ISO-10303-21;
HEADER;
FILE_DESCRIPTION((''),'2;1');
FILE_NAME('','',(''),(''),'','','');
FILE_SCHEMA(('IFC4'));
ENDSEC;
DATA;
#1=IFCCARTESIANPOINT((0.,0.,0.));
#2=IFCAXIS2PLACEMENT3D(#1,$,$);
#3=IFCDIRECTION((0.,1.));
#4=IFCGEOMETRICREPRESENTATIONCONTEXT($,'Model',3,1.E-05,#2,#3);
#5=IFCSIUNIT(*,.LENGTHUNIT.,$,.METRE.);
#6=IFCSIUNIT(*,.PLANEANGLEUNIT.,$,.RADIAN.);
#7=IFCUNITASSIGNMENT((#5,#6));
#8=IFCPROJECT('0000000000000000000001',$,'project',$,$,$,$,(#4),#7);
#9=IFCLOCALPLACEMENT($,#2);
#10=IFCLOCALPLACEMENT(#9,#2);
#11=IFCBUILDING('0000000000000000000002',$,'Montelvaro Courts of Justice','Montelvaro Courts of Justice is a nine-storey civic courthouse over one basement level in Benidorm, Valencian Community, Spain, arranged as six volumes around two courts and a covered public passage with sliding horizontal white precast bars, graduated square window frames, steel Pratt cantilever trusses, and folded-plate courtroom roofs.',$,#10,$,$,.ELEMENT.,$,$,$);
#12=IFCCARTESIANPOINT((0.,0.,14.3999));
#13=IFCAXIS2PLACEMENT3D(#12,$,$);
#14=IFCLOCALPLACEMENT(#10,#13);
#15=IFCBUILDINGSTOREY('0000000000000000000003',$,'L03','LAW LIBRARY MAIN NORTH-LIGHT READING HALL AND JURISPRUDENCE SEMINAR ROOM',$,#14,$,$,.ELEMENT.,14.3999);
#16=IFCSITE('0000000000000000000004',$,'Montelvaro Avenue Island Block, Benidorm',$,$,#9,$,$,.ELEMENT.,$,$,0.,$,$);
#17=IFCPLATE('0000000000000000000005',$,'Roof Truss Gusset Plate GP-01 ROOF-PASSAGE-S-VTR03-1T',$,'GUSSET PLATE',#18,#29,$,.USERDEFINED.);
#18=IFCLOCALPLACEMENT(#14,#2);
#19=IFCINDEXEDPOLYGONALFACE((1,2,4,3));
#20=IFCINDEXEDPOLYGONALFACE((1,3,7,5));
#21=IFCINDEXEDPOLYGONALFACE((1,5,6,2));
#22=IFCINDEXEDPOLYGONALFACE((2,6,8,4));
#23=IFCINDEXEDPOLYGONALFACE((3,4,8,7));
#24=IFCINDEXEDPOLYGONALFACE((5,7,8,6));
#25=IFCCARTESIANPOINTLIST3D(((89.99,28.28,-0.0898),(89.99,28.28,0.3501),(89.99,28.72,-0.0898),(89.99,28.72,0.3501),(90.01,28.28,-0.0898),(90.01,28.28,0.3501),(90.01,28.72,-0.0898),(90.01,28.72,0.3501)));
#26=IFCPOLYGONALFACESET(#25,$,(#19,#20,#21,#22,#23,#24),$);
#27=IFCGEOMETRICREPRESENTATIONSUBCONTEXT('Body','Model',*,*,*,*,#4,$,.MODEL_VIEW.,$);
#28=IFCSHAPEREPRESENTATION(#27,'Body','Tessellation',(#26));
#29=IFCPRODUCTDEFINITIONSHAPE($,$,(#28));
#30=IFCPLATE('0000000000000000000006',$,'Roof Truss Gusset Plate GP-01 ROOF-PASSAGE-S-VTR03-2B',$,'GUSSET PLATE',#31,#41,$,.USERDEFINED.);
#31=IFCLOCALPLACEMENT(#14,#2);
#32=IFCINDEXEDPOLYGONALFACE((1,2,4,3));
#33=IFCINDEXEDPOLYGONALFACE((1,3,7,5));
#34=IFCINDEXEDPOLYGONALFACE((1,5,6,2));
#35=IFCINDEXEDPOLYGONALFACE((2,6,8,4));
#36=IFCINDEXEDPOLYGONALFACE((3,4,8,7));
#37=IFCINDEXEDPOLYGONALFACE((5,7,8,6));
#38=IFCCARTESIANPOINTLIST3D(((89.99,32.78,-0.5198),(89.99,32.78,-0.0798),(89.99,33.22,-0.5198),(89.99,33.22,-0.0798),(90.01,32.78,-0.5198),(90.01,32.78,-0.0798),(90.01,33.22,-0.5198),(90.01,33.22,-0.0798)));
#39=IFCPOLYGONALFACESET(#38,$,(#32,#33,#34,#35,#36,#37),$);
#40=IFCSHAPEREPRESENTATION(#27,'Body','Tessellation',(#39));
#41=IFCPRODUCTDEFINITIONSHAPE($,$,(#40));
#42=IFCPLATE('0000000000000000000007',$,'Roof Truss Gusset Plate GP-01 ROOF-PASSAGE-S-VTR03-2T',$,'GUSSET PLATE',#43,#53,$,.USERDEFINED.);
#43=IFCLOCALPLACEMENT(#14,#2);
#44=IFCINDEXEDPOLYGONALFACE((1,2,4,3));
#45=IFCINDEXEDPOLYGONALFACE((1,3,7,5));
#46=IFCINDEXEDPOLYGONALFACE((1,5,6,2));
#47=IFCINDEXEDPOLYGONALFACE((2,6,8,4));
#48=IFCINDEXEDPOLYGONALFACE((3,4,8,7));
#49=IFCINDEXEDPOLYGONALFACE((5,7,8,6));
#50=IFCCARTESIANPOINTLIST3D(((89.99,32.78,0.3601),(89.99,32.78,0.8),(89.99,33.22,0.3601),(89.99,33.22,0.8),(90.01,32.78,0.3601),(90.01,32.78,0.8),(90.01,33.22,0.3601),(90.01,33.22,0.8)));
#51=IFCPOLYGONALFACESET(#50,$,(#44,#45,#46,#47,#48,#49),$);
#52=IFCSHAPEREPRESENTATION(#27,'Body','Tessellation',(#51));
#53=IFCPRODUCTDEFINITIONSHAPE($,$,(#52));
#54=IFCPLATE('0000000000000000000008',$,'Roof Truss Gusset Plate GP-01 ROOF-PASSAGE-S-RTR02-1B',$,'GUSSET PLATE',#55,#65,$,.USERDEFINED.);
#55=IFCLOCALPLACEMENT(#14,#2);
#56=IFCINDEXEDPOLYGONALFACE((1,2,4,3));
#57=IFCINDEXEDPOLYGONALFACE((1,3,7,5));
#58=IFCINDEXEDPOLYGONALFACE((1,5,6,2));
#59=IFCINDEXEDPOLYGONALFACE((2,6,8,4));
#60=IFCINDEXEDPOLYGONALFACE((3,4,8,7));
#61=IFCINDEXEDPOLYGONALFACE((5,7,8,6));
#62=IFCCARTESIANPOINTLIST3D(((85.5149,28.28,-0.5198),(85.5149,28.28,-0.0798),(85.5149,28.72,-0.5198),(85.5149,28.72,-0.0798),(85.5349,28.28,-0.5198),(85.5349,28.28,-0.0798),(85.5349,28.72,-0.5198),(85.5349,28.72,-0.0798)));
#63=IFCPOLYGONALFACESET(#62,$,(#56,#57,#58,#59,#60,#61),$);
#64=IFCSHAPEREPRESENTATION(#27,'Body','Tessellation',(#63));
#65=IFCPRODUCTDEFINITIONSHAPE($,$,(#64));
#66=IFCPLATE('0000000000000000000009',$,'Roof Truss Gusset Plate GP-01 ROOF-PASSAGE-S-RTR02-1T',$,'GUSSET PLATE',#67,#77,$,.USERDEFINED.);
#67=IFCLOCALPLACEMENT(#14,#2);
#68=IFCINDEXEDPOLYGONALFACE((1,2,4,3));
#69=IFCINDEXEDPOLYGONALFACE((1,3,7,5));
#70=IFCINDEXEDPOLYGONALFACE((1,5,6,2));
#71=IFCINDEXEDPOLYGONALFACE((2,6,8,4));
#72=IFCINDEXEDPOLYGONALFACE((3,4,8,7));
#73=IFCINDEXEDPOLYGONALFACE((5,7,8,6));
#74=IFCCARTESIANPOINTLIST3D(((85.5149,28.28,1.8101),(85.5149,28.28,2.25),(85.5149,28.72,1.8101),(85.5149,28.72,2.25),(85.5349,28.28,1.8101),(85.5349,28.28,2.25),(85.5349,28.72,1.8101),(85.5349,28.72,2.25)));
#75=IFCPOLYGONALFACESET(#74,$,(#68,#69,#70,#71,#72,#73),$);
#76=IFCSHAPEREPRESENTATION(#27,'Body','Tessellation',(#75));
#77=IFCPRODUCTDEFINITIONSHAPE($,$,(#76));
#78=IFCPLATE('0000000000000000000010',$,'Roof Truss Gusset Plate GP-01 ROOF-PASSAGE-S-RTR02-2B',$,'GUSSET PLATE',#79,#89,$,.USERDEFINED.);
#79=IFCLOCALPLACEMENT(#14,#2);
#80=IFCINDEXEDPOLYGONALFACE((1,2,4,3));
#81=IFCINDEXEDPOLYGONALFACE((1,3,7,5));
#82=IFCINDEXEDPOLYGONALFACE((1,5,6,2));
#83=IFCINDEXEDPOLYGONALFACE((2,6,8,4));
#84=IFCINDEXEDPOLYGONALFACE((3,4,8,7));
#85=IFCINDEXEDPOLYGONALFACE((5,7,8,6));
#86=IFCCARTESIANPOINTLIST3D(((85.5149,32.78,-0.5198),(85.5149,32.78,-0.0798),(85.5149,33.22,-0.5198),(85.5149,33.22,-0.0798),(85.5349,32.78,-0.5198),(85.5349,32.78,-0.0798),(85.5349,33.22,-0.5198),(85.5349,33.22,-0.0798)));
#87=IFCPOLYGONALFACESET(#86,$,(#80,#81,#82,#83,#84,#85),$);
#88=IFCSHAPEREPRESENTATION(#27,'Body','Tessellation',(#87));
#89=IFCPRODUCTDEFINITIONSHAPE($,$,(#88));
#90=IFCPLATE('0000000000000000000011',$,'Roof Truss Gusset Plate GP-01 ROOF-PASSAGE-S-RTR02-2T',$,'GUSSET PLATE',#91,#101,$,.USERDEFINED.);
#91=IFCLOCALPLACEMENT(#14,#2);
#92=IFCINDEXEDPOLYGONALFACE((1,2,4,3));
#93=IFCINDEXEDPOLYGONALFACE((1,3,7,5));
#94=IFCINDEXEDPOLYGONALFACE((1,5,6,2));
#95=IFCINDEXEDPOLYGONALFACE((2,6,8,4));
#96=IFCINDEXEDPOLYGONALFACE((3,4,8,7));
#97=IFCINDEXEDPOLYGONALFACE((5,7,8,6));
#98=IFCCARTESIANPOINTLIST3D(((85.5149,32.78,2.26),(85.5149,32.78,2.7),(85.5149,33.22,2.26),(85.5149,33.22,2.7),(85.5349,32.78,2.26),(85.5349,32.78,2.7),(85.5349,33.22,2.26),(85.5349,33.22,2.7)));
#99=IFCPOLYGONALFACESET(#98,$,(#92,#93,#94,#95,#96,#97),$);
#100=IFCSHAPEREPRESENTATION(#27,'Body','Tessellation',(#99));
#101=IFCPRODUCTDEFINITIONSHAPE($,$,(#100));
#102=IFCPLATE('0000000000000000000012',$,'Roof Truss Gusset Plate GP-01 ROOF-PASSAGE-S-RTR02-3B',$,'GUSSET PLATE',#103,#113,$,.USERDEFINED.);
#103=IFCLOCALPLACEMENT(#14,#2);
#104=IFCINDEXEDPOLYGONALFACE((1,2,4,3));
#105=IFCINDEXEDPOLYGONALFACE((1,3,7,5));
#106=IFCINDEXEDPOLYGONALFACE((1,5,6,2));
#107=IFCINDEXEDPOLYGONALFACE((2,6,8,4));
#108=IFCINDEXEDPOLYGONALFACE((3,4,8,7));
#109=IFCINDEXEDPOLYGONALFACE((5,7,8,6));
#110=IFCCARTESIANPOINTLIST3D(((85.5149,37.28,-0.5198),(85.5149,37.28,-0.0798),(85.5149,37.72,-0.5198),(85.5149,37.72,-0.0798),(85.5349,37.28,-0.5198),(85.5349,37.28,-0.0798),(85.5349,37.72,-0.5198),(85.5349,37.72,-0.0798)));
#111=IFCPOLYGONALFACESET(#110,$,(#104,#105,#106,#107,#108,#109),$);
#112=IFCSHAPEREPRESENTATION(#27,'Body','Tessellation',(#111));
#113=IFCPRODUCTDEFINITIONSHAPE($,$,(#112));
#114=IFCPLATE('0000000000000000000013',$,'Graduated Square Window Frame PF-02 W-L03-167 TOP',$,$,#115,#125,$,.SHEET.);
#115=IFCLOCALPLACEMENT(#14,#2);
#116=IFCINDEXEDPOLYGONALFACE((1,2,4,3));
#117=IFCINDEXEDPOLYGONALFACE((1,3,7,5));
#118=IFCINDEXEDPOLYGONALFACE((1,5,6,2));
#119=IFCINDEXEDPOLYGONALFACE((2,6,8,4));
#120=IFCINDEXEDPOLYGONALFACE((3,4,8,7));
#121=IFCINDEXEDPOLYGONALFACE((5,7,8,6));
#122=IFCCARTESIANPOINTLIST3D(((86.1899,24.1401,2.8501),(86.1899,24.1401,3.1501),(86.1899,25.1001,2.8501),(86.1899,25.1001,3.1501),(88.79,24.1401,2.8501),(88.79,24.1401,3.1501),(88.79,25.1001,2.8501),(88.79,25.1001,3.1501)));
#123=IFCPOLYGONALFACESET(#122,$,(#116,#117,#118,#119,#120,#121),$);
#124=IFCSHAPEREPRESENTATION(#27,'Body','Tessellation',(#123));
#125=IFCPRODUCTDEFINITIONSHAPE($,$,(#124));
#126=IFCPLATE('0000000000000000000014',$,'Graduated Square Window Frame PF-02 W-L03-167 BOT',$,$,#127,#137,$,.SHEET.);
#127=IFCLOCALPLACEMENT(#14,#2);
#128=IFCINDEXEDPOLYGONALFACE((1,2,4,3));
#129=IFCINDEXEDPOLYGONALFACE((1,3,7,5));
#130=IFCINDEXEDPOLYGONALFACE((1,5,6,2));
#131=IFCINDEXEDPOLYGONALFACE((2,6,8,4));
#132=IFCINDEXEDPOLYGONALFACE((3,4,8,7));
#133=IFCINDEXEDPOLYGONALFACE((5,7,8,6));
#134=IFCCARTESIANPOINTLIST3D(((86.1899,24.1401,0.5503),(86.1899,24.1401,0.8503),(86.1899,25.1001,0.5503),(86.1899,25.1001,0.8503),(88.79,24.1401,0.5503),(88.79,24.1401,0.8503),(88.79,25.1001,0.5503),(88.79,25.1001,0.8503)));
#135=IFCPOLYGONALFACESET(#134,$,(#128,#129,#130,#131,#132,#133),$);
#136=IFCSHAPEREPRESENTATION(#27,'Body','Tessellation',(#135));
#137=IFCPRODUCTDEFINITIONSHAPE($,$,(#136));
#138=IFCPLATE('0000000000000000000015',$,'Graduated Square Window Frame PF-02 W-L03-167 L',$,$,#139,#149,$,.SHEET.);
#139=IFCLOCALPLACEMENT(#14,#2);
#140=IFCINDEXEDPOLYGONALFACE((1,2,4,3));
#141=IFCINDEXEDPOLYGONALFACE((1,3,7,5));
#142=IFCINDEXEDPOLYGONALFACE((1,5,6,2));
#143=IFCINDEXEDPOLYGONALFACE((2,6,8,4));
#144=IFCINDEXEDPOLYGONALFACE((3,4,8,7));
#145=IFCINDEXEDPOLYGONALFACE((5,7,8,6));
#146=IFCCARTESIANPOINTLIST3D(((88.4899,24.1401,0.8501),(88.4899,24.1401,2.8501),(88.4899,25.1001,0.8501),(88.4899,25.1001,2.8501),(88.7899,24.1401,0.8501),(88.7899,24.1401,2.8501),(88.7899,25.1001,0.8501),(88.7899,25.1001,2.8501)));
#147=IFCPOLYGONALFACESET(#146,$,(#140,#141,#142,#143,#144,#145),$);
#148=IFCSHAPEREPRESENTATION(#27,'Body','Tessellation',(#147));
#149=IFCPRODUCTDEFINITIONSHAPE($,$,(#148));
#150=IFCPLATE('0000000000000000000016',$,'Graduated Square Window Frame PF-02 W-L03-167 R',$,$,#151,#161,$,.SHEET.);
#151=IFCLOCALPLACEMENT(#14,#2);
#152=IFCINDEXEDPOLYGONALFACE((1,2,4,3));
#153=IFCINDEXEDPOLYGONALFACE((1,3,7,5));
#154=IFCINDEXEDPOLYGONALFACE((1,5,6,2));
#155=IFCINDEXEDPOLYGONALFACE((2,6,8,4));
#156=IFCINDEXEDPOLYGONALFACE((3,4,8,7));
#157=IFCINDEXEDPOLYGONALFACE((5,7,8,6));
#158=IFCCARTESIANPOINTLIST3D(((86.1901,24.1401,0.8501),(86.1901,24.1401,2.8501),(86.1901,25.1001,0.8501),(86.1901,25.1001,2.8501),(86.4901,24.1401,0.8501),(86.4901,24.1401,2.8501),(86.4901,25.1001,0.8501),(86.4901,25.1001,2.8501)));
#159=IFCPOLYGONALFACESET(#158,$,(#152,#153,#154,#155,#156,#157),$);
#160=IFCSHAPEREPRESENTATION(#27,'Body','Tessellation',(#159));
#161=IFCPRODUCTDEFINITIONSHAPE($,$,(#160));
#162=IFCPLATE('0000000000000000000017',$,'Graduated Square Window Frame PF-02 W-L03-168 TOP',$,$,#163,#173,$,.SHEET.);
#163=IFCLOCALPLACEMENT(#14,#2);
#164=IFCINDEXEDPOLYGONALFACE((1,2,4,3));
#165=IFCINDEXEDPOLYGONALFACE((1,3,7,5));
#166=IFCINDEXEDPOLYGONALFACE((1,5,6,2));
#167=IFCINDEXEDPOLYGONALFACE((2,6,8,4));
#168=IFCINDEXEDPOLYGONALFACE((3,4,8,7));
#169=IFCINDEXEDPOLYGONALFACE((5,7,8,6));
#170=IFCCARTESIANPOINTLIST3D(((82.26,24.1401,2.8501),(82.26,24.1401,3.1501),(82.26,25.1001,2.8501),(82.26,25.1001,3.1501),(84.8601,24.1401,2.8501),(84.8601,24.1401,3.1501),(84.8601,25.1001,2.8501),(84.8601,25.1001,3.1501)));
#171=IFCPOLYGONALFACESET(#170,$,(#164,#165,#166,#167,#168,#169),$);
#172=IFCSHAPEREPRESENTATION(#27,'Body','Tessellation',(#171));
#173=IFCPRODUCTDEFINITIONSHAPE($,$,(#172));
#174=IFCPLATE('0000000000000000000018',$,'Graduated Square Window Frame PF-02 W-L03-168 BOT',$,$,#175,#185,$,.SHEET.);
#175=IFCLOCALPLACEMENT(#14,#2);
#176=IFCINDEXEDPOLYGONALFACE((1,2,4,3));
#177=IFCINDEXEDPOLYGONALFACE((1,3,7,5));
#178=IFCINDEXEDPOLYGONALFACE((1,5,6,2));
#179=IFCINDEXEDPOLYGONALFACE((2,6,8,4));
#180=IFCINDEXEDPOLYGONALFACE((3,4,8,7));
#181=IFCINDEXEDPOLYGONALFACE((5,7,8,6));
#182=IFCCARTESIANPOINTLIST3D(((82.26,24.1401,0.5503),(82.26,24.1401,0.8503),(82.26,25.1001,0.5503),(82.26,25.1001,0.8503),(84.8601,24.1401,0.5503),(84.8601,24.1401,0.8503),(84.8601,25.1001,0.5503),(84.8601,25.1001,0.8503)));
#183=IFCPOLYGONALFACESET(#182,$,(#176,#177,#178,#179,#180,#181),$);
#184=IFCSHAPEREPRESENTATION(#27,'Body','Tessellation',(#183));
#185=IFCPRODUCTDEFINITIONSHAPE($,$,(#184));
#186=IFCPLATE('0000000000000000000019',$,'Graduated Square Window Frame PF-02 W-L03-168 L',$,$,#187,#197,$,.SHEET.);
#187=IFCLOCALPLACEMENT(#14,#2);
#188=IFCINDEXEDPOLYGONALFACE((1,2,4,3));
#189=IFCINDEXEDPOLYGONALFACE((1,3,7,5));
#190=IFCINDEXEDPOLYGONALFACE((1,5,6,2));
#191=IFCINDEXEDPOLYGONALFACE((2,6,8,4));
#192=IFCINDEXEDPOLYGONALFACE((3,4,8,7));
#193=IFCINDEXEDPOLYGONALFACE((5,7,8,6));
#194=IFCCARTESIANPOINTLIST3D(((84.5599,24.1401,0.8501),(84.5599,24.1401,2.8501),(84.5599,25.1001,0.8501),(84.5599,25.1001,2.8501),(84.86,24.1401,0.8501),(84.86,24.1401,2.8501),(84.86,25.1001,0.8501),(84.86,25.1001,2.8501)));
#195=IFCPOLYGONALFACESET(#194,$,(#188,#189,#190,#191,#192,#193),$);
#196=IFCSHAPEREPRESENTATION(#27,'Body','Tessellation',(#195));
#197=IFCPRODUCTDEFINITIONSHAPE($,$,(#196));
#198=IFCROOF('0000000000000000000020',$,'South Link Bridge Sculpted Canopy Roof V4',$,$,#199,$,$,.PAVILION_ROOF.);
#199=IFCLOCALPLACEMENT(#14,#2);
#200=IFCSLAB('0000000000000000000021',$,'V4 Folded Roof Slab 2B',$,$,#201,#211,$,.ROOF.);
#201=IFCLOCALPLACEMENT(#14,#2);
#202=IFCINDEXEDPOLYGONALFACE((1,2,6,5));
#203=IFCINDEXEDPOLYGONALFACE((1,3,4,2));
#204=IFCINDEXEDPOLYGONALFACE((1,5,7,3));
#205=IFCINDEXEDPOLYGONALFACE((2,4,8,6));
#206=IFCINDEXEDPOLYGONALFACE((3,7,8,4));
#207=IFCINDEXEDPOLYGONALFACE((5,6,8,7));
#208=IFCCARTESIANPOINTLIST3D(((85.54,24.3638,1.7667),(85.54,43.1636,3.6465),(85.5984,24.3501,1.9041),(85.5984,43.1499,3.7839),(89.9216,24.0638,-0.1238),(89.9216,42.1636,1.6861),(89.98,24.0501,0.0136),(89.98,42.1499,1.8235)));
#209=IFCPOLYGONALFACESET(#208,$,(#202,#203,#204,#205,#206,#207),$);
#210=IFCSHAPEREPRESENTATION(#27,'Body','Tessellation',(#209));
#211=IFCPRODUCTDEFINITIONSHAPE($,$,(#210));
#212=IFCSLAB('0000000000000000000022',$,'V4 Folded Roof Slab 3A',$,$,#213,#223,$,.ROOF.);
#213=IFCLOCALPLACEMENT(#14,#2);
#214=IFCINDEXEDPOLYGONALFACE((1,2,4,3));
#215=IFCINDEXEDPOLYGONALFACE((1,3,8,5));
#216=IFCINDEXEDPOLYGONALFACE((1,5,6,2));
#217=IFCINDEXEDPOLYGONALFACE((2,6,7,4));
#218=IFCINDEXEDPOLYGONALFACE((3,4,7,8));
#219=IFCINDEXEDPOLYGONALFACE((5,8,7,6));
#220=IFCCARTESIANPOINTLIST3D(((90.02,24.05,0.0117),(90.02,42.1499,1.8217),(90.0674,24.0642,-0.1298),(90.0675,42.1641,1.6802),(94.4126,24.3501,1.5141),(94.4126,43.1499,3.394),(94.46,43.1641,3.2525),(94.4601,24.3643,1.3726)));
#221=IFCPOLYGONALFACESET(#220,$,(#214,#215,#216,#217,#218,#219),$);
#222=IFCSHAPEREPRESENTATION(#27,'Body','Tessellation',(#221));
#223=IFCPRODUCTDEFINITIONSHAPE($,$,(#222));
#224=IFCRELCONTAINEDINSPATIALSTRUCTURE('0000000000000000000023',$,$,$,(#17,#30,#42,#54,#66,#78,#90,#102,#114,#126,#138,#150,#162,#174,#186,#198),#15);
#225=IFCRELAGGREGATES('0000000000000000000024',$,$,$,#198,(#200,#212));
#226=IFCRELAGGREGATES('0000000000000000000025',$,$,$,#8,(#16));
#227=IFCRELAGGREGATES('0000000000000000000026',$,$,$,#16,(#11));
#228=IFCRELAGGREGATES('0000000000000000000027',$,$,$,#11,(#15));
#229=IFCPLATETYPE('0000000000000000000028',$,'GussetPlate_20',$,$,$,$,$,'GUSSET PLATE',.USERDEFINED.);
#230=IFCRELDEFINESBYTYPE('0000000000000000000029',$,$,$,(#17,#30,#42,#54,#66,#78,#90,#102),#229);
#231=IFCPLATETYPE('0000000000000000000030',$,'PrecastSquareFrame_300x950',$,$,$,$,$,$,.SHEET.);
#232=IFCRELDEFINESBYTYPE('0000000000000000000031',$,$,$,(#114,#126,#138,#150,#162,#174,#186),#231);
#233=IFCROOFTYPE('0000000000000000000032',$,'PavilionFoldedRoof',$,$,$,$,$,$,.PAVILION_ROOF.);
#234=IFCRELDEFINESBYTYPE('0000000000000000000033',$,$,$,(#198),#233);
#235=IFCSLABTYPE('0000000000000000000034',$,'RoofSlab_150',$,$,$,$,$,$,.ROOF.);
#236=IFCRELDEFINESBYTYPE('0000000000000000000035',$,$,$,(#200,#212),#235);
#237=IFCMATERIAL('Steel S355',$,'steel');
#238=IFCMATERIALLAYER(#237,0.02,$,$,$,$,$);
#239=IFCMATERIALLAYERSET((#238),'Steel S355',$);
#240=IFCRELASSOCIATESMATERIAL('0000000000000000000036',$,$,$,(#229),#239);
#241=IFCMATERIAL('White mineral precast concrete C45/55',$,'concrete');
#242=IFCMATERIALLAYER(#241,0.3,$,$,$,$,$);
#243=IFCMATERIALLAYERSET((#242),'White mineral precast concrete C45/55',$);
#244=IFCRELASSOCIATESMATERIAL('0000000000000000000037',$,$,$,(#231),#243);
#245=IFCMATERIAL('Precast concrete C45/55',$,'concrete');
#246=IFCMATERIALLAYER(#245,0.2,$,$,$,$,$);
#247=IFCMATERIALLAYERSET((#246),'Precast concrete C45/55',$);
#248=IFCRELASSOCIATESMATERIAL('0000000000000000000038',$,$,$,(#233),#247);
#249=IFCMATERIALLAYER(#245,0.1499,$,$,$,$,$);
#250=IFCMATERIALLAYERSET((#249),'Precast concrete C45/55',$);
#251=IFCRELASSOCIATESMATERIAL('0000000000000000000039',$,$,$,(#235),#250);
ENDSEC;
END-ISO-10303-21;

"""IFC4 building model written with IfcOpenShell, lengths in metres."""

from ifc_helpers import new_model, si_unit, direction, frame, origin, origin_2d, place, context, subcontext, project, spatial, polyline, rectangle, outline, extrude, material, layer, layer_set, type_object, element, aggregate, save


model = new_model("IFC4")

# Units and contexts
model_context = context("Model", 3, precision=1e-05, world=origin(), true_north=direction((0.0, 1.0)))
body_context = subcontext(model_context, "Body", "Model", "MODEL_VIEW")
ifc_project = project(units=[si_unit("LENGTHUNIT", "METRE"), si_unit("PLANEANGLEUNIT", "RADIAN")], contexts=[model_context])

# Site, building, storey
site_placement = place(None, origin())
site = spatial("IfcSite", under=ifc_project, at=site_placement, Name="Montelvaro Avenue Island Block, Benidorm", CompositionType="ELEMENT", RefElevation=0.0)
building_placement = place(site_placement, origin())
building = spatial("IfcBuilding", under=site, at=building_placement, Name="Montelvaro Courts of Justice", Description="Montelvaro Courts of Justice is a nine-storey civic courthouse over one basement level in Benidorm, Valencian Community, Spain, arranged as six volumes around two courts and a covered public passage with sliding horizontal white precast bars, graduated square window frames, steel Pratt cantilever trusses, and folded-plate courtroom roofs.", CompositionType="ELEMENT")
storey_placement = place(building_placement, frame((0.0, 0.0, 14.3999)))
storey = spatial("IfcBuildingStorey", under=building, at=storey_placement, Name="L03", Description="LAW LIBRARY MAIN NORTH-LIGHT READING HALL AND JURISPRUDENCE SEMINAR ROOM", CompositionType="ELEMENT", Elevation=14.3999)

# Shared definitions
ifc_material_1 = material(Name="Steel S355", Category="steel")

# Plates
ifc_layer_1 = layer(ifc_material_1, 0.02)
ifc_layer_set_1 = layer_set([ifc_layer_1], Name="Steel S355")
plate_type_1 = type_object("IfcPlateType", Name="GussetPlate_20", ElementType="GUSSET PLATE", PredefinedType="USERDEFINED", material=ifc_layer_set_1)
for number, where, z_axis, x_axis, name in (
    (1, (90.0, 28.5, -0.0898), (0.0, 0.0, 1.0), (1.0, 0.0, 0.0), "Roof Truss Gusset Plate GP-01 ROOF-PASSAGE-S-VTR03-1T"),
    (2, (90.0, 33.0, -0.5198), (0.0, 0.0, 1.0), (1.0, 0.0, 0.0), "Roof Truss Gusset Plate GP-01 ROOF-PASSAGE-S-VTR03-2B"),
    (3, (90.0, 33.0, 0.3601), (0.0, 0.0, 1.0), (1.0, 0.0, 0.0), "Roof Truss Gusset Plate GP-01 ROOF-PASSAGE-S-VTR03-2T"),
    (4, (85.5249, 28.5, -0.5198), (0.0, 0.0, 1.0), (1.0, 0.0, 0.0), "Roof Truss Gusset Plate GP-01 ROOF-PASSAGE-S-RTR02-1B"),
    (5, (85.5249, 28.5, 1.8101), (0.0, 0.0, 1.0), (1.0, 0.0, 0.0), "Roof Truss Gusset Plate GP-01 ROOF-PASSAGE-S-RTR02-1T"),
    (6, (85.5249, 33.0, -0.5198), (0.0, 0.0, 1.0), (1.0, 0.0, 0.0), "Roof Truss Gusset Plate GP-01 ROOF-PASSAGE-S-RTR02-2B"),
    (7, (85.5249, 33.0, 2.26), (0.0, 0.0, 1.0), (1.0, 0.0, 0.0), "Roof Truss Gusset Plate GP-01 ROOF-PASSAGE-S-RTR02-2T"),
    (8, (85.5249, 37.5, -0.5198), (0.0, 0.0, 1.0), (1.0, 0.0, 0.0), "Roof Truss Gusset Plate GP-01 ROOF-PASSAGE-S-RTR02-3B"),
):
    element("IfcPlate", number, at=place(storey_placement, frame(where, z_axis=z_axis, x_axis=x_axis)), inside=storey, type_object=plate_type_1, Name=name, ObjectType="GUSSET PLATE", PredefinedType="USERDEFINED", context=body_context, shape_type="SweptSolid", body=[
        extrude(rectangle(XDim=0.02, YDim=0.4399, at=origin_2d()), origin(), (0.0, 0.0, 1.0), 0.4399),
    ])
ifc_material_2 = material(Name="White mineral precast concrete C45/55", Category="concrete")
ifc_layer_2 = layer(ifc_material_2, 0.3)
ifc_layer_set_2 = layer_set([ifc_layer_2], Name="White mineral precast concrete C45/55")
plate_type_2 = type_object("IfcPlateType", Name="PrecastSquareFrame_300x950", PredefinedType="SHEET", material=ifc_layer_set_2)
for number, where, z_axis, x_axis, name in (
    (9, (87.49, 24.6201, 2.8501), (0.0, 0.0, 1.0), (-1.0, 0.0, 0.0), "Graduated Square Window Frame PF-02 W-L03-167 TOP"),
    (10, (87.49, 24.6201, 0.5503), (0.0, 0.0, 1.0), (-1.0, 0.0, 0.0), "Graduated Square Window Frame PF-02 W-L03-167 BOT"),
):
    element("IfcPlate", number, at=place(storey_placement, frame(where, z_axis=z_axis, x_axis=x_axis)), inside=storey, type_object=plate_type_2, Name=name, PredefinedType="SHEET", context=body_context, shape_type="SweptSolid", body=[
        extrude(rectangle(XDim=2.6001, YDim=0.96, at=origin_2d()), origin(), (0.0, 0.0, 1.0), 0.3),
    ])
for number, where, z_axis, x_axis, name in (
    (11, (88.6399, 24.6201, 0.8501), (0.0, 0.0, 1.0), (-1.0, 0.0, 0.0), "Graduated Square Window Frame PF-02 W-L03-167 L"),
    (12, (86.3401, 24.6201, 0.8501), (0.0, 0.0, 1.0), (-1.0, 0.0, 0.0), "Graduated Square Window Frame PF-02 W-L03-167 R"),
):
    element("IfcPlate", number, at=place(storey_placement, frame(where, z_axis=z_axis, x_axis=x_axis)), inside=storey, type_object=plate_type_2, Name=name, PredefinedType="SHEET", context=body_context, shape_type="SweptSolid", body=[
        extrude(rectangle(XDim=0.3, YDim=0.96, at=origin_2d()), origin(), (0.0, 0.0, 1.0), 2.0),
    ])
for number, where, z_axis, x_axis, name in (
    (13, (83.5601, 24.6201, 2.8501), (0.0, 0.0, 1.0), (-1.0, 0.0, 0.0), "Graduated Square Window Frame PF-02 W-L03-168 TOP"),
    (14, (83.5601, 24.6201, 0.5503), (0.0, 0.0, 1.0), (-1.0, 0.0, 0.0), "Graduated Square Window Frame PF-02 W-L03-168 BOT"),
):
    element("IfcPlate", number, at=place(storey_placement, frame(where, z_axis=z_axis, x_axis=x_axis)), inside=storey, type_object=plate_type_2, Name=name, PredefinedType="SHEET", context=body_context, shape_type="SweptSolid", body=[
        extrude(rectangle(XDim=2.6001, YDim=0.96, at=origin_2d()), origin(), (0.0, 0.0, 1.0), 0.3),
    ])
plate_placement = place(storey_placement, frame((84.71, 24.6201, 0.8501), z_axis=(0.0, 0.0, 1.0), x_axis=(-1.0, 0.0, 0.0)))
element("IfcPlate", 15, at=plate_placement, inside=storey, type_object=plate_type_2, Name="Graduated Square Window Frame PF-02 W-L03-168 L", PredefinedType="SHEET", context=body_context, shape_type="SweptSolid", body=[
    extrude(rectangle(XDim=0.3, YDim=0.96, at=origin_2d()), origin(), (0.0, 0.0, 1.0), 2.0),
])

# Roof, slabs
ifc_material_3 = material(Name="Precast concrete C45/55", Category="concrete")
ifc_layer_3 = layer(ifc_material_3, 0.2)
ifc_layer_set_3 = layer_set([ifc_layer_3], Name="Precast concrete C45/55")
roof_type = type_object("IfcRoofType", Name="PavilionFoldedRoof", PredefinedType="PAVILION_ROOF", material=ifc_layer_set_3)
roof_placement = place(storey_placement, origin())
roof = element("IfcRoof", 16, at=roof_placement, inside=storey, type_object=roof_type, Name="South Link Bridge Sculpted Canopy Roof V4", PredefinedType="PAVILION_ROOF")
ifc_layer_4 = layer(ifc_material_3, 0.1499)
ifc_layer_set_4 = layer_set([ifc_layer_4], Name="Precast concrete C45/55")
slab_type = type_object("IfcSlabType", Name="RoofSlab_150", PredefinedType="ROOF", material=ifc_layer_set_4)
slab_1_placement = place(storey_placement, frame((85.5984, 24.3501, 1.9041), z_axis=(0.389183, -0.091652, 0.91659), x_axis=(0.916377, -0.062752, -0.395367)))
slab_1 = element("IfcSlab", 17, at=slab_1_placement, type_object=slab_type, Name="V4 Folded Roof Slab 2B", PredefinedType="ROOF", context=body_context, shape_type="SweptSolid", body=[
    extrude(outline(polyline([(0.0, 0.0), (4.7814, 0.0), (2.9301, 18.0957), (-1.923, 18.7954), (0.0, 0.0)])), origin(), (0.0, 0.0, -1.0), 0.1499),
])
slab_2_placement = place(storey_placement, frame((90.02, 24.05, 0.0117), z_axis=(-0.316393, -0.094391, 0.94392), x_axis=(0.944218, 0.064499, 0.322943)))
slab_2 = element("IfcSlab", 18, at=slab_2_placement, type_object=slab_type, Name="V4 Folded Roof Slab 3A", PredefinedType="ROOF", context=body_context, shape_type="SweptSolid", body=[
    extrude(outline(polyline([(0.0, 0.0), (4.6521, 0.0), (6.4718, 18.8057), (1.752, 18.1056), (0.0, 0.0)])), origin(), (0.0, 0.0, -1.0), 0.1499),
])
aggregate(roof, [slab_1, slab_2])

save(model, "model.ifc")
